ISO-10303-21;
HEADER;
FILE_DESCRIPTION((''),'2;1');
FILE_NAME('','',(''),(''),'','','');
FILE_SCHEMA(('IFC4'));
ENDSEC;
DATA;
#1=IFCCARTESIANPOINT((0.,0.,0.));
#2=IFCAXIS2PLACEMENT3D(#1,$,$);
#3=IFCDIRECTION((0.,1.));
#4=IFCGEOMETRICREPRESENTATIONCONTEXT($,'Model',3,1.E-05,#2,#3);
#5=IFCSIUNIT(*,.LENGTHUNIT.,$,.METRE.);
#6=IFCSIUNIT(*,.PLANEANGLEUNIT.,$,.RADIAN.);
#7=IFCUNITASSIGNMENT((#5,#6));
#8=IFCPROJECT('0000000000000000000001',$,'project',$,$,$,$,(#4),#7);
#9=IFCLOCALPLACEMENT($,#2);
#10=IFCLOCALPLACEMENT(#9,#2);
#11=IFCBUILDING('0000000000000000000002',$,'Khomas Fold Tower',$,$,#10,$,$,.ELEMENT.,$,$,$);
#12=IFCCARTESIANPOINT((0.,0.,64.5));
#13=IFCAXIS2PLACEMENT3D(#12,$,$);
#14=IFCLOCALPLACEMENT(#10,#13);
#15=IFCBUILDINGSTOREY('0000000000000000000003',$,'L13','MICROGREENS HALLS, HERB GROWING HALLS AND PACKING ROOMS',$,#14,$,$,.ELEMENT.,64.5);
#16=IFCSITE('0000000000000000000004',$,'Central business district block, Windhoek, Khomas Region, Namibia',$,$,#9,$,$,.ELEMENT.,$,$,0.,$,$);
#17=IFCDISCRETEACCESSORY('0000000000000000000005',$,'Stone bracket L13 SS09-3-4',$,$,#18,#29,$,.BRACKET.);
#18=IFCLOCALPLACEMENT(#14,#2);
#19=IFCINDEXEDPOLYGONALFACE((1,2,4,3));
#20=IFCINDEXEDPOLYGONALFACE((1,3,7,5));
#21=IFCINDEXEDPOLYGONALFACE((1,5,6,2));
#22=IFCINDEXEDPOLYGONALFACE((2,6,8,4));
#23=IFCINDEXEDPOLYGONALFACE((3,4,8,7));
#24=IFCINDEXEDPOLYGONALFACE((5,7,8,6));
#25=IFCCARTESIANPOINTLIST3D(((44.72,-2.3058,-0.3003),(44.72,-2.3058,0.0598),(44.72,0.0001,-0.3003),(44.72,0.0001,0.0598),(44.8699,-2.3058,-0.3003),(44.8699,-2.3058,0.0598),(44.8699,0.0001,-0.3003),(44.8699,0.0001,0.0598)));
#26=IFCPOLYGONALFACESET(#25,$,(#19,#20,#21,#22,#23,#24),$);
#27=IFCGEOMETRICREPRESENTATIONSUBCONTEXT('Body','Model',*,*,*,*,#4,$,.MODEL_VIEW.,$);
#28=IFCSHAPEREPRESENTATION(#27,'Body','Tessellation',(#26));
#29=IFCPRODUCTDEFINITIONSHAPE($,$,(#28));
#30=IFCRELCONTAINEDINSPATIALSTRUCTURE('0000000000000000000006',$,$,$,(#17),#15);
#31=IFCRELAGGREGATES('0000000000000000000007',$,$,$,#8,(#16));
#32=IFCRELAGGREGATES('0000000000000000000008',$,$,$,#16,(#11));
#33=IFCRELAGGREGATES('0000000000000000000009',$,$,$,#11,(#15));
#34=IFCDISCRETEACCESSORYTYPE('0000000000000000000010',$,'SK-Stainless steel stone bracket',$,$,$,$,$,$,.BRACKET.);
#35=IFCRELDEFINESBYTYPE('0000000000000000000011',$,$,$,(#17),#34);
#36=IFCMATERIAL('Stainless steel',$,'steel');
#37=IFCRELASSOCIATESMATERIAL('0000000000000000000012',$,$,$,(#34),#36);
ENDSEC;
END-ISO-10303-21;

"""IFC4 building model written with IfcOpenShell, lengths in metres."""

from ifc_helpers import new_model, si_unit, direction, frame, origin, origin_2d, place, context, subcontext, project, spatial, rectangle, extrude, source, transform, mapped, material, type_object, element, save


model = new_model("IFC4")

# Units and contexts
model_context = context("Model", 3, precision=1e-05, world=origin(), true_north=direction((0.0, 1.0)))
body_context = subcontext(model_context, "Body", "Model", "MODEL_VIEW")
ifc_project = project(units=[si_unit("LENGTHUNIT", "METRE"), si_unit("PLANEANGLEUNIT", "RADIAN")], contexts=[model_context])

# Site, building, storey
site_placement = place(None, origin())
site = spatial("IfcSite", under=ifc_project, at=site_placement, Name="Central business district block, Windhoek, Khomas Region, Namibia", CompositionType="ELEMENT", RefElevation=0.0)
building_placement = place(site_placement, origin())
building = spatial("IfcBuilding", under=site, at=building_placement, Name="Khomas Fold Tower", CompositionType="ELEMENT")
storey_placement = place(building_placement, frame((0.0, 0.0, 64.5)))
storey = spatial("IfcBuildingStorey", under=building, at=storey_placement, Name="L13", Description="MICROGREENS HALLS, HERB GROWING HALLS AND PACKING ROOMS", CompositionType="ELEMENT", Elevation=64.5)

# Discrete accessory
ifc_material_1 = material(Name="Stainless steel", Category="steel")
discrete_accessory_type = type_object("IfcDiscreteAccessoryType", Name="SK-Stainless steel stone bracket", PredefinedType="BRACKET", material=ifc_material_1)
shared_shape_1 = source(origin(), body_context, "Body", "SweptSolid", [
    extrude(rectangle(XDim=2.3059, YDim=0.1499, at=origin_2d()), origin(), (0.0, 0.0, 1.0), 0.3601),
])
discrete_accessory_placement = place(storey_placement, frame((44.7949, -1.1528, -0.3003), z_axis=(0.0, 0.0, 1.0), x_axis=(0.0, -1.0, 0.0)))
element("IfcDiscreteAccessory", 1, at=discrete_accessory_placement, inside=storey, type_object=discrete_accessory_type, Name="Stone bracket L13 SS09-3-4", PredefinedType="BRACKET", context=body_context, shape_type="MappedRepresentation", body=[
    mapped(shared_shape_1, transform((0.0, 0.0, 0.0))),
])

save(model, "model.ifc")
